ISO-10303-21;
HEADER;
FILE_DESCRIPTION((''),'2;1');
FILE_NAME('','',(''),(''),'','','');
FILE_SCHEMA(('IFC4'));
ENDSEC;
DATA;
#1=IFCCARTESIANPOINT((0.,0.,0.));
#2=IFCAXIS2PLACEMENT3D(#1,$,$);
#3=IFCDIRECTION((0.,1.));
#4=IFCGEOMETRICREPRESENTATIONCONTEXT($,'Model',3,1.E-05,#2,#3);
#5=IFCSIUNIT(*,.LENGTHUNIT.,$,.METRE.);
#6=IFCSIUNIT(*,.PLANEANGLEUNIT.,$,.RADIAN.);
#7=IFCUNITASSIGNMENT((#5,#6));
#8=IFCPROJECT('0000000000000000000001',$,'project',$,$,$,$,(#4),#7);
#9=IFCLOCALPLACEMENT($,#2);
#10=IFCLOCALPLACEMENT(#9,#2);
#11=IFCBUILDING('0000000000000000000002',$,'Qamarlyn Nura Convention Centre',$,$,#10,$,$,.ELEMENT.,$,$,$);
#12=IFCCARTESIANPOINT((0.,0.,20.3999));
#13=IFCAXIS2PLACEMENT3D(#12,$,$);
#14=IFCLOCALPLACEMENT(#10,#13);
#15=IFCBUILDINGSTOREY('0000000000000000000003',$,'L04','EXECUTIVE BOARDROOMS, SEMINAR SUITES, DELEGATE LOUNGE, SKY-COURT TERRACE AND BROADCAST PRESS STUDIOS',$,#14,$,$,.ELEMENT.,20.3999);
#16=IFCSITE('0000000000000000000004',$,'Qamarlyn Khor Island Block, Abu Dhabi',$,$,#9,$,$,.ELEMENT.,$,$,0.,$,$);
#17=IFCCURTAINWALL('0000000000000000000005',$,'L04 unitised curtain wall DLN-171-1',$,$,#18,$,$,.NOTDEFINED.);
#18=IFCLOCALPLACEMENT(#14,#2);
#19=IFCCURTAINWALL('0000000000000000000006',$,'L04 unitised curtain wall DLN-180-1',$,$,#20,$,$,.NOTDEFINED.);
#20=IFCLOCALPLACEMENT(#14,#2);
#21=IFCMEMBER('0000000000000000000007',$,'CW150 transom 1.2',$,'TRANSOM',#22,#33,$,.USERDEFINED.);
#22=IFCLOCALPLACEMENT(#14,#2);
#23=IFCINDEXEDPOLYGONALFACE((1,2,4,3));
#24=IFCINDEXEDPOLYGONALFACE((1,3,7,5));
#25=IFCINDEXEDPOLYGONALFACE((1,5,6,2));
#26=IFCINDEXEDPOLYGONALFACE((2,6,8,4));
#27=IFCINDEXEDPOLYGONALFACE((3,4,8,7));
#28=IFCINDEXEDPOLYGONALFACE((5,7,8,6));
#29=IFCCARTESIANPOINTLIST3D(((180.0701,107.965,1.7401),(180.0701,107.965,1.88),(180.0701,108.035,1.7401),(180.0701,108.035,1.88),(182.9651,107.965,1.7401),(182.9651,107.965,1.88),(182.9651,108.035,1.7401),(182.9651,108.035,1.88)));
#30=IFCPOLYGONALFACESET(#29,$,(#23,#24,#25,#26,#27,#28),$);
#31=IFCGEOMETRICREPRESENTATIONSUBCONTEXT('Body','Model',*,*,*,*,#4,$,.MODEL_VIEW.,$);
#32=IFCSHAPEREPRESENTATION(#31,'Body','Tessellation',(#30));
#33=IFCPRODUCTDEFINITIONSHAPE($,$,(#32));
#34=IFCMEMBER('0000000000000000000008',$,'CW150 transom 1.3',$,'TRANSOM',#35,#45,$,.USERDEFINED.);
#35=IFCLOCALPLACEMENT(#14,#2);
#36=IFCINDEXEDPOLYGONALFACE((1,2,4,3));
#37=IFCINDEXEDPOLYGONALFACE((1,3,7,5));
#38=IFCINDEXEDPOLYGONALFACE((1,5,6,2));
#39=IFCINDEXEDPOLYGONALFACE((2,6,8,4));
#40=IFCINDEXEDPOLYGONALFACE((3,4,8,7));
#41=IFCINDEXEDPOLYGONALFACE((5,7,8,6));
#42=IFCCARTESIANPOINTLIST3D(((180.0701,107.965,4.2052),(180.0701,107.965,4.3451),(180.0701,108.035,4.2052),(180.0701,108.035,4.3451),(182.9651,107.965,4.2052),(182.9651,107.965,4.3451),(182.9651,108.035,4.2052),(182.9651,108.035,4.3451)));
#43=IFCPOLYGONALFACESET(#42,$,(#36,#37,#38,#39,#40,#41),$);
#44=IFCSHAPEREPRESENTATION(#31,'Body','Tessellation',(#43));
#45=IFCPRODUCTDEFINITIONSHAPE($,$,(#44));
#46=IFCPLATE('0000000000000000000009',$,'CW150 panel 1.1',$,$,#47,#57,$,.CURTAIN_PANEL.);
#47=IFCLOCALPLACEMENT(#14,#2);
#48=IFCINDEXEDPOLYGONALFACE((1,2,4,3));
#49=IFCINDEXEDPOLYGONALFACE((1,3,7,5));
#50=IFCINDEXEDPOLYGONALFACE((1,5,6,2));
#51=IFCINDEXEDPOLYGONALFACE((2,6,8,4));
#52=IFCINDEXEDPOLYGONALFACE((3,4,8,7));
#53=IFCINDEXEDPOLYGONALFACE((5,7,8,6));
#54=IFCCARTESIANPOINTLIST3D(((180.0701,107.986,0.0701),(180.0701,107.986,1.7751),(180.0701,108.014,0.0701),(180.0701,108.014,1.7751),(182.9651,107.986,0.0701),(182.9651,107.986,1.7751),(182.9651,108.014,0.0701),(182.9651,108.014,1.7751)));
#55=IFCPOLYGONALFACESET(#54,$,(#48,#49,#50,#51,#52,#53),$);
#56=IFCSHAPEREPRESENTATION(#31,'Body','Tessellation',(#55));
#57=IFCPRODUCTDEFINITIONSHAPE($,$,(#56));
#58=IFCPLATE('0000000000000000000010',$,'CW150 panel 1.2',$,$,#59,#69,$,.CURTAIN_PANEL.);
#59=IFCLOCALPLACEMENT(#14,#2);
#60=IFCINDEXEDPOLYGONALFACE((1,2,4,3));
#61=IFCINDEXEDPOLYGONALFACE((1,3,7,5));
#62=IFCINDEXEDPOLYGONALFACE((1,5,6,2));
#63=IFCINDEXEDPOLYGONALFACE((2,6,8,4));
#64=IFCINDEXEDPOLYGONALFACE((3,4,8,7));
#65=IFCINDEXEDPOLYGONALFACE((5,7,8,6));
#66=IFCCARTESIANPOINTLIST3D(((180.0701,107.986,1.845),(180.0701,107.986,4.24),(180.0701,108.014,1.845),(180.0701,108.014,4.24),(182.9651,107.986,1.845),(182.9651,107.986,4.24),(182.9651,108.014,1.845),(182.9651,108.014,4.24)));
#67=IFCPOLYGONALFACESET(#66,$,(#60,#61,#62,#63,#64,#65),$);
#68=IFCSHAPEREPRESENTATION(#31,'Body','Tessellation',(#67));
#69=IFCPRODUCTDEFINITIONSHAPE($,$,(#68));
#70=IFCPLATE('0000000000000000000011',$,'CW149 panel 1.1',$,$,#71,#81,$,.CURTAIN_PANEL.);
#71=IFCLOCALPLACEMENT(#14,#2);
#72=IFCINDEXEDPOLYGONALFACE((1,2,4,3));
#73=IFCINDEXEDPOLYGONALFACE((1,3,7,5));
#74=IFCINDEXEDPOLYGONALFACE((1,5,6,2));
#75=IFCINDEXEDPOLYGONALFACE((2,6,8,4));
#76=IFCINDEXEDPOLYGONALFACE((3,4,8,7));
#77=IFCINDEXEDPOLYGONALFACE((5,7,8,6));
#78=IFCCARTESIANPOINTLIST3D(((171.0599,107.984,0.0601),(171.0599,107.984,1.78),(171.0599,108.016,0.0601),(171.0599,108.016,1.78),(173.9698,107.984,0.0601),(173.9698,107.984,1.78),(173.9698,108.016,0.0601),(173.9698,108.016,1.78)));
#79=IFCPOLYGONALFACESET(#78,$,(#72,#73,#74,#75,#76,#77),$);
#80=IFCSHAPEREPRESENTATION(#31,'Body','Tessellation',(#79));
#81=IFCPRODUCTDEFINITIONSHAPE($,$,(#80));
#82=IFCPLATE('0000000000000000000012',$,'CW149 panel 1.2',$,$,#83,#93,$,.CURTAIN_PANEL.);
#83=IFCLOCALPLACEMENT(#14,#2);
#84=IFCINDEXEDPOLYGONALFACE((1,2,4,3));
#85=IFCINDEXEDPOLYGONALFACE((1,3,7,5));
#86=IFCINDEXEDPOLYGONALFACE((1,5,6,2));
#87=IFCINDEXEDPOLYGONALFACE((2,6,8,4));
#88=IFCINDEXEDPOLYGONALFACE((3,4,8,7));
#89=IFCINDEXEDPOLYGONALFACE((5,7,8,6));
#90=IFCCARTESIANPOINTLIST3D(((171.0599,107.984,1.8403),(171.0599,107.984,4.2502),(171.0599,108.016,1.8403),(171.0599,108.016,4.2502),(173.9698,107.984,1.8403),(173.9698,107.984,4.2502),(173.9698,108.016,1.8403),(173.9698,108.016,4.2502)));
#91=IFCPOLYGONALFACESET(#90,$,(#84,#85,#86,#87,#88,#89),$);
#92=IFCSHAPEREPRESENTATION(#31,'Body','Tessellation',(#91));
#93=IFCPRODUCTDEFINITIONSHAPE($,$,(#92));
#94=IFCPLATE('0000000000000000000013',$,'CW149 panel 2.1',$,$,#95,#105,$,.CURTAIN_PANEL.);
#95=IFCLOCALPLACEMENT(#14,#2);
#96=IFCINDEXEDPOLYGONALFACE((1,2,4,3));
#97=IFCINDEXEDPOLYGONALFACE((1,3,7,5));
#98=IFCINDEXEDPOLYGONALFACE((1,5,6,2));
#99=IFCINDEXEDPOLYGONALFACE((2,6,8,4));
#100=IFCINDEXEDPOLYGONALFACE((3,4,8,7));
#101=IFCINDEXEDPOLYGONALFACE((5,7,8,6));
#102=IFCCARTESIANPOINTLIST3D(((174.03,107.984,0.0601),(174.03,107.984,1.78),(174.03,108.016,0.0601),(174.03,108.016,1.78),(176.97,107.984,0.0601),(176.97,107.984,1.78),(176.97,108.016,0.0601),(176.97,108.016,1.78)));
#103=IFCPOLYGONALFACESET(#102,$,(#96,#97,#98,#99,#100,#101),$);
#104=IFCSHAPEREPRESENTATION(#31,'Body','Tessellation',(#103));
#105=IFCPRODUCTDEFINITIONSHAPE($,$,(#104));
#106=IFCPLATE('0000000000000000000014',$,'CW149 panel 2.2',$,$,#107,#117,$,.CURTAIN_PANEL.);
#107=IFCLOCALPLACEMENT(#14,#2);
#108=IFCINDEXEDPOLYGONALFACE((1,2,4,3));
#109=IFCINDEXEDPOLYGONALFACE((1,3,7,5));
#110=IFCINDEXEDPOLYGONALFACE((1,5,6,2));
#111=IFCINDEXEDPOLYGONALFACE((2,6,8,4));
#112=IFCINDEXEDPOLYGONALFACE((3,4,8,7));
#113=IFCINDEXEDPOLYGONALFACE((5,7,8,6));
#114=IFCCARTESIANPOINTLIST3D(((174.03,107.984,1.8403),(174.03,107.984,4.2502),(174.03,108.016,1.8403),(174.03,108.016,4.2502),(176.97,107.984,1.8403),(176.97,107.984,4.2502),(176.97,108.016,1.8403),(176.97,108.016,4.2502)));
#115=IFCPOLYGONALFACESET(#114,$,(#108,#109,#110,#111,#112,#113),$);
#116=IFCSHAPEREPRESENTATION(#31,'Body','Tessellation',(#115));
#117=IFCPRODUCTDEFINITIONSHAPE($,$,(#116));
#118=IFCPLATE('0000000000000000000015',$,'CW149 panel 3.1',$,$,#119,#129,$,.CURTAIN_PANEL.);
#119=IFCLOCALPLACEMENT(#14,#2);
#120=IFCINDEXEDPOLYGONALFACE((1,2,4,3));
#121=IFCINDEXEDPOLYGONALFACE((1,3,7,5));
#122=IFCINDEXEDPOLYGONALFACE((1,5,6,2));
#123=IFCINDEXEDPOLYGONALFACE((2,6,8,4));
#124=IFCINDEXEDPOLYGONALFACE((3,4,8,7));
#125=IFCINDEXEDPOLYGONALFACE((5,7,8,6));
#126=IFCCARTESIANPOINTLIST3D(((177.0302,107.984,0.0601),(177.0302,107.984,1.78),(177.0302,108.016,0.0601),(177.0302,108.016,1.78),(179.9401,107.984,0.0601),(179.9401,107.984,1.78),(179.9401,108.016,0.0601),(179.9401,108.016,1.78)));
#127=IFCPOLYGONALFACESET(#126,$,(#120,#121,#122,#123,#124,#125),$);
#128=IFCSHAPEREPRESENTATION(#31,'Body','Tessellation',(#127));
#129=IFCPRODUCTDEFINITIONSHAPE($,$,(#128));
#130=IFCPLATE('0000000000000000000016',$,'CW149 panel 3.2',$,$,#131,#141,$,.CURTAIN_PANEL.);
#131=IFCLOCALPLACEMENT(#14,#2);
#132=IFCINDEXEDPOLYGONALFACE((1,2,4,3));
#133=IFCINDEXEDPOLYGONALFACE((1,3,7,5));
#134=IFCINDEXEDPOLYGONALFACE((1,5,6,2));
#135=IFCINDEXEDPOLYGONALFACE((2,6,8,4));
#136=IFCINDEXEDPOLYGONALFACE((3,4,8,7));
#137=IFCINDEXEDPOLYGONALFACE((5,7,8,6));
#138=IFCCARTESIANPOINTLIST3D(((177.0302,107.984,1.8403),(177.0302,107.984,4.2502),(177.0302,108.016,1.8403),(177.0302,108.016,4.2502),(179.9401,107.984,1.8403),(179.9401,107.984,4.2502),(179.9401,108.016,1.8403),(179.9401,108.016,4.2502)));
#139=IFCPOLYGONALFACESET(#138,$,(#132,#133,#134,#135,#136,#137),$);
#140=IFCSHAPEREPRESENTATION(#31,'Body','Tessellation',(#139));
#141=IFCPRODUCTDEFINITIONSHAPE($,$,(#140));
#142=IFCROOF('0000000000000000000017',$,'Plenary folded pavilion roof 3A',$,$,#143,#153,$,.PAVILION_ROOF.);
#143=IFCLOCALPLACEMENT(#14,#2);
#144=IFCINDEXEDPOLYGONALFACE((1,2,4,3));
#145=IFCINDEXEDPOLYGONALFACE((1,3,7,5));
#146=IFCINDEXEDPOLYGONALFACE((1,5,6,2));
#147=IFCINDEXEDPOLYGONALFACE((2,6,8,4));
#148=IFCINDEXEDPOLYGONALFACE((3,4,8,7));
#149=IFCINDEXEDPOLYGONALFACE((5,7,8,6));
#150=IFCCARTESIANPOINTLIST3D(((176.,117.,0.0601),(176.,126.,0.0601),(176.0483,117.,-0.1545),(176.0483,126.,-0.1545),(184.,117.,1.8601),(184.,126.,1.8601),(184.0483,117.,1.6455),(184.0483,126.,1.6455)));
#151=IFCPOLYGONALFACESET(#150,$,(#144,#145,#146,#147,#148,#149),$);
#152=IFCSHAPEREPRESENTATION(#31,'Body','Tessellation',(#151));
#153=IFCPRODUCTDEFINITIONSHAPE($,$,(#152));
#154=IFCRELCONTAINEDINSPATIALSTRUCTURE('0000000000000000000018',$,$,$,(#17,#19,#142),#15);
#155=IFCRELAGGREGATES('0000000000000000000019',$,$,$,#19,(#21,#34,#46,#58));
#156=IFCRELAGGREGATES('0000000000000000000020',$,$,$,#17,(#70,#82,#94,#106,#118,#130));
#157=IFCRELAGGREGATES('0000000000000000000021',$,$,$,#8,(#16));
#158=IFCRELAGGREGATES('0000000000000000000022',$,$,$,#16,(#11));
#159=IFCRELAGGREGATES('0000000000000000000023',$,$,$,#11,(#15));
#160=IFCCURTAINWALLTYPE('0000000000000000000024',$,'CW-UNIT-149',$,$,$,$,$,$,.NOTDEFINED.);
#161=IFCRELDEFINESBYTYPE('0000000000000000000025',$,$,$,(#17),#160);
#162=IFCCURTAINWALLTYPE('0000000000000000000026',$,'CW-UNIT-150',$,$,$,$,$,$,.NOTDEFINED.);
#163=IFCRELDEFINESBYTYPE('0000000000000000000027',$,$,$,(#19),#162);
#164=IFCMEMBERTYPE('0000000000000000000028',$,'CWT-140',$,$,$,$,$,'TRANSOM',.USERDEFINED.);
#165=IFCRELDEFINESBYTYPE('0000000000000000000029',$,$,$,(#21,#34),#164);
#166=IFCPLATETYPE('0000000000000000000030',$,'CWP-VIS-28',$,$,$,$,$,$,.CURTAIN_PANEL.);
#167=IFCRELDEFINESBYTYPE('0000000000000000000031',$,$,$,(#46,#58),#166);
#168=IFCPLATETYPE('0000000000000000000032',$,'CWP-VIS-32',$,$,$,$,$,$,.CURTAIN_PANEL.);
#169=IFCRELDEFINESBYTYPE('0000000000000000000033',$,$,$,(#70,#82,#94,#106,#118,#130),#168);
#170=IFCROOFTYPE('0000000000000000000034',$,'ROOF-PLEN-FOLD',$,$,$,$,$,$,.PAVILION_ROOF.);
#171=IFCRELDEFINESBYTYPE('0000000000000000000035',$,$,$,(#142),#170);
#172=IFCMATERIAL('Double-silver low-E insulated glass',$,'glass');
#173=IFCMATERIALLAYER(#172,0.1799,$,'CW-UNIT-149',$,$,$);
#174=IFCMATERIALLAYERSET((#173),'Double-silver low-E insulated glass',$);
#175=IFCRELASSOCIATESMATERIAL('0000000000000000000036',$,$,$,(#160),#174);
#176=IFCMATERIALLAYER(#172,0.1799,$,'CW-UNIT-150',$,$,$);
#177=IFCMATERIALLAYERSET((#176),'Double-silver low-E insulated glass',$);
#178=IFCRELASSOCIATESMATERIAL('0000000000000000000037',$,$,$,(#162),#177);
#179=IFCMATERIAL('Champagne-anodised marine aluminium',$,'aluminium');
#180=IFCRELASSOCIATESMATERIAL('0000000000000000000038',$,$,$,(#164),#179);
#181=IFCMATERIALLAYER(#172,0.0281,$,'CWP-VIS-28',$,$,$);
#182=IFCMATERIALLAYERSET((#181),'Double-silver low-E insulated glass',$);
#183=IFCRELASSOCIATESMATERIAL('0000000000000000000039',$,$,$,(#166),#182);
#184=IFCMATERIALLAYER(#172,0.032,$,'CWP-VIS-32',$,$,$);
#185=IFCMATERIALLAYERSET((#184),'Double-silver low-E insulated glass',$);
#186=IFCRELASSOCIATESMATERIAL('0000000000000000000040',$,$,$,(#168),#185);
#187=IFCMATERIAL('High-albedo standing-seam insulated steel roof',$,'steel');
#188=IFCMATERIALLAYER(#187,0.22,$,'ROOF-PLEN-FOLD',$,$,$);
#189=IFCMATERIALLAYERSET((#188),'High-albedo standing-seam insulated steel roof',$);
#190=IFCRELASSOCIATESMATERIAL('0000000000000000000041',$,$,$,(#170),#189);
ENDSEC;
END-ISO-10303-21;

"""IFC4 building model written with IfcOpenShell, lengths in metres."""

from ifc_helpers import new_model, si_unit, direction, frame, origin, origin_2d, place, context, subcontext, project, spatial, polyline, rectangle, outline, extrude, material, layer, layer_set, material_profile, profile_set, type_object, element, aggregate, save


model = new_model("IFC4")

# Units and contexts
model_context = context("Model", 3, precision=1e-05, world=origin(), true_north=direction((0.0, 1.0)))
body_context = subcontext(model_context, "Body", "Model", "MODEL_VIEW")
ifc_project = project(units=[si_unit("LENGTHUNIT", "METRE"), si_unit("PLANEANGLEUNIT", "RADIAN")], contexts=[model_context])

# Site, building, storey
site_placement = place(None, origin())
site = spatial("IfcSite", under=ifc_project, at=site_placement, Name="Qamarlyn Khor Island Block, Abu Dhabi", CompositionType="ELEMENT", RefElevation=0.0)
building_placement = place(site_placement, origin())
building = spatial("IfcBuilding", under=site, at=building_placement, Name="Qamarlyn Nura Convention Centre", CompositionType="ELEMENT")
storey_placement = place(building_placement, frame((0.0, 0.0, 20.3999)))
storey = spatial("IfcBuildingStorey", under=building, at=storey_placement, Name="L04", Description="EXECUTIVE BOARDROOMS, SEMINAR SUITES, DELEGATE LOUNGE, SKY-COURT TERRACE AND BROADCAST PRESS STUDIOS", CompositionType="ELEMENT", Elevation=20.3999)

# Curtain wall
ifc_material_1 = material(Name="Double-silver low-E insulated glass", Category="glass")
ifc_layer_1 = layer(ifc_material_1, 0.1799, Name="CW-UNIT-149")
ifc_layer_set_1 = layer_set([ifc_layer_1], Name="Double-silver low-E insulated glass")
curtain_wall_type_1 = type_object("IfcCurtainWallType", Name="CW-UNIT-149", PredefinedType="NOTDEFINED", material=ifc_layer_set_1)
curtain_wall_1_placement = place(storey_placement, origin())
curtain_wall_1 = element("IfcCurtainWall", 1, at=curtain_wall_1_placement, inside=storey, type_object=curtain_wall_type_1, Name="L04 unitised curtain wall DLN-171-1", PredefinedType="NOTDEFINED")
ifc_material_2 = material(Name="Champagne-anodised marine aluminium", Category="aluminium")

# Curtain wall
ifc_layer_2 = layer(ifc_material_1, 0.1799, Name="CW-UNIT-150")
ifc_layer_set_2 = layer_set([ifc_layer_2], Name="Double-silver low-E insulated glass")
curtain_wall_type_2 = type_object("IfcCurtainWallType", Name="CW-UNIT-150", PredefinedType="NOTDEFINED", material=ifc_layer_set_2)
curtain_wall_2_placement = place(storey_placement, origin())
curtain_wall_2 = element("IfcCurtainWall", 2, at=curtain_wall_2_placement, inside=storey, type_object=curtain_wall_type_2, Name="L04 unitised curtain wall DLN-180-1", PredefinedType="NOTDEFINED")

# Members
ifc_material_profile_1 = material_profile(ifc_material_2, rectangle(XDim=0.0701, YDim=0.1399, at=origin_2d()), Name="ALU TRANSOM 70x140")
ifc_profile_set_1 = profile_set([ifc_material_profile_1], Name="Champagne-anodised marine aluminium")
member_type_1 = type_object("IfcMemberType", Name="CWT-140", ElementType="TRANSOM", PredefinedType="USERDEFINED", material=ifc_profile_set_1)
member_1_placement = place(storey_placement, frame((180.0701, 108.0, 1.8101), z_axis=(1.0, 0.0, 0.0), x_axis=(0.0, 1.0, 0.0)))
member_1 = element("IfcMember", 3, at=member_1_placement, type_object=member_type_1, Name="CW150 transom 1.2", ObjectType="TRANSOM", PredefinedType="USERDEFINED", context=body_context, shape_type="SweptSolid", body=[
    extrude(rectangle(XDim=0.0701, YDim=0.1399, at=origin_2d()), origin(), (0.0, 0.0, 1.0), 2.895),
])
member_2_placement = place(storey_placement, frame((180.0701, 108.0, 4.2751), z_axis=(1.0, 0.0, 0.0), x_axis=(0.0, 1.0, 0.0)))
member_2 = element("IfcMember", 4, at=member_2_placement, type_object=member_type_1, Name="CW150 transom 1.3", ObjectType="TRANSOM", PredefinedType="USERDEFINED", context=body_context, shape_type="SweptSolid", body=[
    extrude(rectangle(XDim=0.0701, YDim=0.1399, at=origin_2d()), origin(), (0.0, 0.0, 1.0), 2.895),
])

# Plates
ifc_layer_3 = layer(ifc_material_1, 0.0281, Name="CWP-VIS-28")
ifc_layer_set_3 = layer_set([ifc_layer_3], Name="Double-silver low-E insulated glass")
plate_type_1 = type_object("IfcPlateType", Name="CWP-VIS-28", PredefinedType="CURTAIN_PANEL", material=ifc_layer_set_3)
plate_1_placement = place(storey_placement, frame((181.5176, 108.0, 0.0701), z_axis=(0.0, 0.0, 1.0), x_axis=(1.0, 0.0, 0.0)))
plate_1 = element("IfcPlate", 5, at=plate_1_placement, type_object=plate_type_1, Name="CW150 panel 1.1", PredefinedType="CURTAIN_PANEL", context=body_context, shape_type="SweptSolid", body=[
    extrude(rectangle(XDim=2.895, YDim=0.0281, at=origin_2d()), origin(), (0.0, 0.0, 1.0), 1.7051),
])
plate_2_placement = place(storey_placement, frame((181.5176, 108.0, 1.845), z_axis=(0.0, 0.0, 1.0), x_axis=(1.0, 0.0, 0.0)))
plate_2 = element("IfcPlate", 6, at=plate_2_placement, type_object=plate_type_1, Name="CW150 panel 1.2", PredefinedType="CURTAIN_PANEL", context=body_context, shape_type="SweptSolid", body=[
    extrude(rectangle(XDim=2.895, YDim=0.0281, at=origin_2d()), origin(), (0.0, 0.0, 1.0), 2.395),
])
aggregate(curtain_wall_2, [member_1, member_2, plate_1, plate_2])
ifc_layer_4 = layer(ifc_material_1, 0.032, Name="CWP-VIS-32")
ifc_layer_set_4 = layer_set([ifc_layer_4], Name="Double-silver low-E insulated glass")
plate_type_2 = type_object("IfcPlateType", Name="CWP-VIS-32", PredefinedType="CURTAIN_PANEL", material=ifc_layer_set_4)
plate_3_placement = place(storey_placement, frame((172.5149, 108.0, 0.0601), z_axis=(0.0, 0.0, 1.0), x_axis=(1.0, 0.0, 0.0)))
plate_3 = element("IfcPlate", 7, at=plate_3_placement, type_object=plate_type_2, Name="CW149 panel 1.1", PredefinedType="CURTAIN_PANEL", context=body_context, shape_type="SweptSolid", body=[
    extrude(rectangle(XDim=2.9099, YDim=0.032, at=origin_2d()), origin(), (0.0, 0.0, 1.0), 1.72),
])
plate_4_placement = place(storey_placement, frame((172.5149, 108.0, 1.8403), z_axis=(0.0, 0.0, 1.0), x_axis=(1.0, 0.0, 0.0)))
plate_4 = element("IfcPlate", 8, at=plate_4_placement, type_object=plate_type_2, Name="CW149 panel 1.2", PredefinedType="CURTAIN_PANEL", context=body_context, shape_type="SweptSolid", body=[
    extrude(rectangle(XDim=2.9099, YDim=0.032, at=origin_2d()), origin(), (0.0, 0.0, 1.0), 2.4099),
])
plate_5_placement = place(storey_placement, frame((175.5, 108.0, 0.0601), z_axis=(0.0, 0.0, 1.0), x_axis=(1.0, 0.0, 0.0)))
plate_5 = element("IfcPlate", 9, at=plate_5_placement, type_object=plate_type_2, Name="CW149 panel 2.1", PredefinedType="CURTAIN_PANEL", context=body_context, shape_type="SweptSolid", body=[
    extrude(rectangle(XDim=2.9399, YDim=0.032, at=origin_2d()), origin(), (0.0, 0.0, 1.0), 1.72),
])
plate_6_placement = place(storey_placement, frame((175.5, 108.0, 1.8403), z_axis=(0.0, 0.0, 1.0), x_axis=(1.0, 0.0, 0.0)))
plate_6 = element("IfcPlate", 10, at=plate_6_placement, type_object=plate_type_2, Name="CW149 panel 2.2", PredefinedType="CURTAIN_PANEL", context=body_context, shape_type="SweptSolid", body=[
    extrude(rectangle(XDim=2.9399, YDim=0.032, at=origin_2d()), origin(), (0.0, 0.0, 1.0), 2.4099),
])
plate_7_placement = place(storey_placement, frame((178.4851, 108.0, 0.0601), z_axis=(0.0, 0.0, 1.0), x_axis=(1.0, 0.0, 0.0)))
plate_7 = element("IfcPlate", 11, at=plate_7_placement, type_object=plate_type_2, Name="CW149 panel 3.1", PredefinedType="CURTAIN_PANEL", context=body_context, shape_type="SweptSolid", body=[
    extrude(rectangle(XDim=2.9099, YDim=0.032, at=origin_2d()), origin(), (0.0, 0.0, 1.0), 1.72),
])
plate_8_placement = place(storey_placement, frame((178.4851, 108.0, 1.8403), z_axis=(0.0, 0.0, 1.0), x_axis=(1.0, 0.0, 0.0)))
plate_8 = element("IfcPlate", 12, at=plate_8_placement, type_object=plate_type_2, Name="CW149 panel 3.2", PredefinedType="CURTAIN_PANEL", context=body_context, shape_type="SweptSolid", body=[
    extrude(rectangle(XDim=2.9099, YDim=0.032, at=origin_2d()), origin(), (0.0, 0.0, 1.0), 2.4099),
])
aggregate(curtain_wall_1, [plate_3, plate_4, plate_5, plate_6, plate_7, plate_8])

# Roof
ifc_material_3 = material(Name="High-albedo standing-seam insulated steel roof", Category="steel")
ifc_layer_5 = layer(ifc_material_3, 0.22, Name="ROOF-PLEN-FOLD")
ifc_layer_set_5 = layer_set([ifc_layer_5], Name="High-albedo standing-seam insulated steel roof")
roof_type = type_object("IfcRoofType", Name="ROOF-PLEN-FOLD", PredefinedType="PAVILION_ROOF", material=ifc_layer_set_5)
roof_placement = place(storey_placement, frame((176.0, 117.0, 0.0601), z_axis=(-0.219518, 0.0, 0.975608), x_axis=(0.975608, 0.0, 0.219518)))
element("IfcRoof", 13, at=roof_placement, inside=storey, type_object=roof_type, Name="Plenary folded pavilion roof 3A", PredefinedType="PAVILION_ROOF", context=body_context, shape_type="SweptSolid", body=[
    extrude(outline(polyline([(0.0, 0.0), (8.2, 0.0), (8.2, 9.0), (0.0, 9.0), (0.0, 0.0)])), origin(), (0.0, 0.0, -1.0), 0.22),
])

save(model, "model.ifc")
